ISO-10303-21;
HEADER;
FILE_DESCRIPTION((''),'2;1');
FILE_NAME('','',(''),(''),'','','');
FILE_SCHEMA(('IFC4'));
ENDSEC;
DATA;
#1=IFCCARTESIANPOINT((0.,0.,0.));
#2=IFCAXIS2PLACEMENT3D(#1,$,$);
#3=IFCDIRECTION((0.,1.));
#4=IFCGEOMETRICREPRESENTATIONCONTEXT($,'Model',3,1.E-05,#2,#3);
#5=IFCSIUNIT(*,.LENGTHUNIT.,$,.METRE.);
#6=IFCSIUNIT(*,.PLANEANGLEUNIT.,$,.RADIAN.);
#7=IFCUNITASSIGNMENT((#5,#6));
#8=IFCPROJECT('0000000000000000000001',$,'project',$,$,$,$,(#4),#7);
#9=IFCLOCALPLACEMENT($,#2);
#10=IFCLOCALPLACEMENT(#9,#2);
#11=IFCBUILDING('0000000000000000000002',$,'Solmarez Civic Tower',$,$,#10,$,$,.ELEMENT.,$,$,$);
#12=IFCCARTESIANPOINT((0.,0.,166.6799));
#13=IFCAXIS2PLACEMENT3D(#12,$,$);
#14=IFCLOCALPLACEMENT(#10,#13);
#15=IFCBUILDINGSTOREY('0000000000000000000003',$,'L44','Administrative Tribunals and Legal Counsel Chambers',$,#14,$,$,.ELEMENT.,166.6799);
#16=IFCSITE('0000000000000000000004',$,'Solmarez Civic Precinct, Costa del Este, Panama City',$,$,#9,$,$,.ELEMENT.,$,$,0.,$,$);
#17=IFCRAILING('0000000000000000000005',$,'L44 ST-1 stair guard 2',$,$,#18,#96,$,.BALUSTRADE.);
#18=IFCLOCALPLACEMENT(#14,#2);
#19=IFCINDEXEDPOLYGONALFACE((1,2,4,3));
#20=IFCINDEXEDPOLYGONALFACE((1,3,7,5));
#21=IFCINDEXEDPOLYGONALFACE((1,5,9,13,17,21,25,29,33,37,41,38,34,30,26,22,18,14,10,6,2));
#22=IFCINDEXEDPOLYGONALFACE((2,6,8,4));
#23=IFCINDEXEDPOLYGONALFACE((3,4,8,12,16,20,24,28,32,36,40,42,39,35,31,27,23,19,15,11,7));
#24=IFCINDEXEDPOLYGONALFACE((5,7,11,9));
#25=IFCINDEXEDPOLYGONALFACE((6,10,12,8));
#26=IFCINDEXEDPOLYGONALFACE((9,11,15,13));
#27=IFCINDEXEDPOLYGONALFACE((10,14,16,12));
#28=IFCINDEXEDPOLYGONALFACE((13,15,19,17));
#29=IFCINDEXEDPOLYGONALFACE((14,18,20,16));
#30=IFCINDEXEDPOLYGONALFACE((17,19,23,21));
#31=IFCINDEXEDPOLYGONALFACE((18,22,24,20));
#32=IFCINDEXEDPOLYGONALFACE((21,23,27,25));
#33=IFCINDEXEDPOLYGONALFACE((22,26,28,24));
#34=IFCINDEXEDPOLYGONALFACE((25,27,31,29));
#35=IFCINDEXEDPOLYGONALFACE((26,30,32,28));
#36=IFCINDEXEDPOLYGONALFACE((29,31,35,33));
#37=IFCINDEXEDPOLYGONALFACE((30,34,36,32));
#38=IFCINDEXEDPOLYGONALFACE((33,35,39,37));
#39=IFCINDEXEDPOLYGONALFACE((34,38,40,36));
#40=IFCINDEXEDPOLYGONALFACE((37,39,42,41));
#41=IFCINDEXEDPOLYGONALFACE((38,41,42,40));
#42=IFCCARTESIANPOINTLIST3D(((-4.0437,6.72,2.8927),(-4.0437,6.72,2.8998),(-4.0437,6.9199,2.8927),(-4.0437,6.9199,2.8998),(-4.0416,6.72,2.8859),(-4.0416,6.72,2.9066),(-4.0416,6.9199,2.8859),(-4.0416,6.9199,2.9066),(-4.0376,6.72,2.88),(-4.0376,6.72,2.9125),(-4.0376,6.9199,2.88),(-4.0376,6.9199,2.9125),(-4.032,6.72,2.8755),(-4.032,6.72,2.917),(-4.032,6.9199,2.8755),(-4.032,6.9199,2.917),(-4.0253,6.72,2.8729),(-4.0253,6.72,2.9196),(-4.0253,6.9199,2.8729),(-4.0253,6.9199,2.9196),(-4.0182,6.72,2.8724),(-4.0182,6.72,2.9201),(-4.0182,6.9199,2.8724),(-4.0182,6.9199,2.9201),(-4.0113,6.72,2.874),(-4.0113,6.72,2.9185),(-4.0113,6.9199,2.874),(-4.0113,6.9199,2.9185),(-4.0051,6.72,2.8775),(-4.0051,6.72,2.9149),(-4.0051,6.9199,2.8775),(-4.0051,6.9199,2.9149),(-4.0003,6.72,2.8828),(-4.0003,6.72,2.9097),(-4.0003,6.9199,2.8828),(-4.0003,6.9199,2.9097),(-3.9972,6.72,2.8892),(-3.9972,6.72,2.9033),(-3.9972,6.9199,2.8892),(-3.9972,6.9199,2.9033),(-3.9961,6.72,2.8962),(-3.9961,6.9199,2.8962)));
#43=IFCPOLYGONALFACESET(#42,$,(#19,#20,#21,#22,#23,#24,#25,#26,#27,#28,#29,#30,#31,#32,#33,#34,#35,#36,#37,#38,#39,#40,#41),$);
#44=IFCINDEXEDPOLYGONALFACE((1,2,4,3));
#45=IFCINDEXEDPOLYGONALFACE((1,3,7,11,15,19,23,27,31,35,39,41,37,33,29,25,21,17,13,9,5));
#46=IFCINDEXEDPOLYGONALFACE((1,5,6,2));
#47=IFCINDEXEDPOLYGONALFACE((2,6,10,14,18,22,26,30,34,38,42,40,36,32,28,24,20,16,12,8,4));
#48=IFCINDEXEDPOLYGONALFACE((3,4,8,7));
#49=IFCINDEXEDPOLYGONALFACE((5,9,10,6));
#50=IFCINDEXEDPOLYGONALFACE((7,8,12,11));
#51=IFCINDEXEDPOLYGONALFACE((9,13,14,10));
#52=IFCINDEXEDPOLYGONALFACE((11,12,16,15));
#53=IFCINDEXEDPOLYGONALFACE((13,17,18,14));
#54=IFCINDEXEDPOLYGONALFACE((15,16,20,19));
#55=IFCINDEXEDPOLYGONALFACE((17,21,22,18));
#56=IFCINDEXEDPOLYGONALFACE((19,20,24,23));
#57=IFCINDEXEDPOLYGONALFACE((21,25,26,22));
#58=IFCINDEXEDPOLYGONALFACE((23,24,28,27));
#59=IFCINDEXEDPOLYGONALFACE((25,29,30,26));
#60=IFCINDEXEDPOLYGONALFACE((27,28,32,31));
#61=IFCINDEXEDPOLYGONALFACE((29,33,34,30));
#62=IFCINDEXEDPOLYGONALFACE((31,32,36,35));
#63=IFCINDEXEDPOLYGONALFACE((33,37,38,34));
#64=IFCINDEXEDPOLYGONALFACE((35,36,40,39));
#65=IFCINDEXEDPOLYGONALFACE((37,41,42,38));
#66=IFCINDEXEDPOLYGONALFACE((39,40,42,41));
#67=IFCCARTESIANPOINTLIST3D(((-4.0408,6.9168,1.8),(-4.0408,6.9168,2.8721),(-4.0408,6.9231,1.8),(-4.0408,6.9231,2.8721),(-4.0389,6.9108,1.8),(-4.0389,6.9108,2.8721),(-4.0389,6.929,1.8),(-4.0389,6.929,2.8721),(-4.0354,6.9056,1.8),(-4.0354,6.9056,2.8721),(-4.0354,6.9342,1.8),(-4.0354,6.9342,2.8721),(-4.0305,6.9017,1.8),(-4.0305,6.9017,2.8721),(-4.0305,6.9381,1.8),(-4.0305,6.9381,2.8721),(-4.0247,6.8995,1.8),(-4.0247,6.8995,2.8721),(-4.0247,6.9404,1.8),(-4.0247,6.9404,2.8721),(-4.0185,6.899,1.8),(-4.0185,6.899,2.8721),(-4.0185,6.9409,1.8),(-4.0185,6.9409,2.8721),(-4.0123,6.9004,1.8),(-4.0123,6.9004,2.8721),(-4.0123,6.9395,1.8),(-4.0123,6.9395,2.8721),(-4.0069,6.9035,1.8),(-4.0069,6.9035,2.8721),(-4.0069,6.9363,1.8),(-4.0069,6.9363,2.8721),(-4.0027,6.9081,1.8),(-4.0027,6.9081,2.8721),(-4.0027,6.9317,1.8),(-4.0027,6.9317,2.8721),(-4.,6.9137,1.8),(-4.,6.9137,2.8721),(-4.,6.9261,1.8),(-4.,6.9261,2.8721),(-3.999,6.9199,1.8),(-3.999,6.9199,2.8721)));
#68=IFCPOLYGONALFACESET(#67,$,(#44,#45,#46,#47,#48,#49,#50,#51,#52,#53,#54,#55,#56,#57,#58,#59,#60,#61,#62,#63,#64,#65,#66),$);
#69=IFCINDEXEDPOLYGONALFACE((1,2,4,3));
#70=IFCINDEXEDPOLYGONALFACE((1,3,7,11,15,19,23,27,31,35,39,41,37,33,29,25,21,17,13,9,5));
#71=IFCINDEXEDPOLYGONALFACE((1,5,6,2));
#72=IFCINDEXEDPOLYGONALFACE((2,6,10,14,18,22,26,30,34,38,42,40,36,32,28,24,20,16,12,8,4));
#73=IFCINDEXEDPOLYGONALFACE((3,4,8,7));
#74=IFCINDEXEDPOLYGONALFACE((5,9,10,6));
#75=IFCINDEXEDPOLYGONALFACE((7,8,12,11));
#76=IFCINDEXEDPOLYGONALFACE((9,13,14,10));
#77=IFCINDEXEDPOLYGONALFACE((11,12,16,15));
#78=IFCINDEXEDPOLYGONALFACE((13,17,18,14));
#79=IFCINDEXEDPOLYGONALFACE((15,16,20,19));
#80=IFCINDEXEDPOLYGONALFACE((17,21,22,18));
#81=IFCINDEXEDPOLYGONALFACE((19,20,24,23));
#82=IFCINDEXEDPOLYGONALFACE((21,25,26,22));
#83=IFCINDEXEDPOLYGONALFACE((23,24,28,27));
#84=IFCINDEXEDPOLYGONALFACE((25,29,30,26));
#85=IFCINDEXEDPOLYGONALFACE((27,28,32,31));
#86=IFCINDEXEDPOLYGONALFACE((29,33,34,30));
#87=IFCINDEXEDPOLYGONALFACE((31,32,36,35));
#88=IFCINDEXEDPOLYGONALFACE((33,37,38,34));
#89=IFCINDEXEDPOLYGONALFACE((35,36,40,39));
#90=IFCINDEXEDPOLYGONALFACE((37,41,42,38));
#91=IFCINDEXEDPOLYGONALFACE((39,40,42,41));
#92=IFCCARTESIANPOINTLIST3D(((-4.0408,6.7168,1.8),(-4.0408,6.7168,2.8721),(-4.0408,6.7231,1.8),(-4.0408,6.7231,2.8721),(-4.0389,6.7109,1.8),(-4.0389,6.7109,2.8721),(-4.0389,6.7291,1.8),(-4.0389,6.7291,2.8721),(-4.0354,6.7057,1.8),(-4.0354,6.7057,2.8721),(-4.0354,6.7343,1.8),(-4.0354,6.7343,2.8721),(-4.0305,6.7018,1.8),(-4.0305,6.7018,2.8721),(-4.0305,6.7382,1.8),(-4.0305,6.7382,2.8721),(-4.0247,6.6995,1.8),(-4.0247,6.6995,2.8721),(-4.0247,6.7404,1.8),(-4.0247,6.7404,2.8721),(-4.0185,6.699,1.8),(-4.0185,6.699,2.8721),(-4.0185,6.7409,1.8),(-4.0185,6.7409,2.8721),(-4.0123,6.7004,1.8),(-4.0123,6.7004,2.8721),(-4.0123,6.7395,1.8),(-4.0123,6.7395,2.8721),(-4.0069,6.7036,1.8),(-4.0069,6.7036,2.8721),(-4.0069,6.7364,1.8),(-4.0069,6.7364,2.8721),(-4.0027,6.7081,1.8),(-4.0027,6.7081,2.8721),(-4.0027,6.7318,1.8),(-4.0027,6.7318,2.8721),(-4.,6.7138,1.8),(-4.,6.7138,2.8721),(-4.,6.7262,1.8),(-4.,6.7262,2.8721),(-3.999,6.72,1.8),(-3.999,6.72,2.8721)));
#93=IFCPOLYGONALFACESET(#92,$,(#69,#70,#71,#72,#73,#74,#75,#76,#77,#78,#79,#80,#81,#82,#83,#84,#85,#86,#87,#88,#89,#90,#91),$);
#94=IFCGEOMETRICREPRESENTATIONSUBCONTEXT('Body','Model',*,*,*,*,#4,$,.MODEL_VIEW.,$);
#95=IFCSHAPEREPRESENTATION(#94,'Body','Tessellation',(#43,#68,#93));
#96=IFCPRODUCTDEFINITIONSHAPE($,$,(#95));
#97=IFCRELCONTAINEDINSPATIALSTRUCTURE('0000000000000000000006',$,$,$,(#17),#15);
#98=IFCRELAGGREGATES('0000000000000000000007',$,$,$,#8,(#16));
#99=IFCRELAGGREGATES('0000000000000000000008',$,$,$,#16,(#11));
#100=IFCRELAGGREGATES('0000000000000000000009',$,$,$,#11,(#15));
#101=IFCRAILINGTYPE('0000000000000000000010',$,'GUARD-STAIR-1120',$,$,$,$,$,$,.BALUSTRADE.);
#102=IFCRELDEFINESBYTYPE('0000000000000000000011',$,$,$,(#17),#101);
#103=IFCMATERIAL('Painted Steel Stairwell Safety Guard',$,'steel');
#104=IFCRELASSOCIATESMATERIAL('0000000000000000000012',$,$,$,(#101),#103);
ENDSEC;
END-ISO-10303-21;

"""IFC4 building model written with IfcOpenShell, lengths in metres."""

from ifc_helpers import new_model, si_unit, direction, frame, origin, origin_2d, place, context, subcontext, project, spatial, circle, extrude, material, type_object, element, save


model = new_model("IFC4")

# Units and contexts
model_context = context("Model", 3, precision=1e-05, world=origin(), true_north=direction((0.0, 1.0)))
body_context = subcontext(model_context, "Body", "Model", "MODEL_VIEW")
ifc_project = project(units=[si_unit("LENGTHUNIT", "METRE"), si_unit("PLANEANGLEUNIT", "RADIAN")], contexts=[model_context])

# Site, building, storey
site_placement = place(None, origin())
site = spatial("IfcSite", under=ifc_project, at=site_placement, Name="Solmarez Civic Precinct, Costa del Este, Panama City", CompositionType="ELEMENT", RefElevation=0.0)
building_placement = place(site_placement, origin())
building = spatial("IfcBuilding", under=site, at=building_placement, Name="Solmarez Civic Tower", CompositionType="ELEMENT")
storey_placement = place(building_placement, frame((0.0, 0.0, 166.6799)))
storey = spatial("IfcBuildingStorey", under=building, at=storey_placement, Name="L44", Description="Administrative Tribunals and Legal Counsel Chambers", CompositionType="ELEMENT", Elevation=166.6799)

# Railing
ifc_material_1 = material(Name="Painted Steel Stairwell Safety Guard", Category="steel")
railing_type_1 = type_object("IfcRailingType", Name="GUARD-STAIR-1120", PredefinedType="BALUSTRADE", material=ifc_material_1)
railing_1_placement = place(storey_placement, frame((-4.02, 6.9199, 1.8)))
element("IfcRailing", 1, at=railing_1_placement, inside=storey, type_object=railing_type_1, Name="L44 ST-1 stair guard 2", PredefinedType="BALUSTRADE", context=body_context, shape_type="SweptSolid", body=[
    extrude(circle(Radius=0.0239, at=origin_2d()), frame((0.0, 0.0, 1.0962), z_axis=(0.0, -1.0, 0.0), x_axis=(1.0, 0.0, 0.0)), (0.0, 0.0, 1.0), 0.2),
    extrude(circle(Radius=0.021, at=origin_2d()), origin(), (0.0, 0.0, 1.0), 1.072),
    extrude(circle(Radius=0.021, at=origin_2d()), frame((0.0, -0.2, 0.0)), (0.0, 0.0, 1.0), 1.072),
])

save(model, "model.ifc")
